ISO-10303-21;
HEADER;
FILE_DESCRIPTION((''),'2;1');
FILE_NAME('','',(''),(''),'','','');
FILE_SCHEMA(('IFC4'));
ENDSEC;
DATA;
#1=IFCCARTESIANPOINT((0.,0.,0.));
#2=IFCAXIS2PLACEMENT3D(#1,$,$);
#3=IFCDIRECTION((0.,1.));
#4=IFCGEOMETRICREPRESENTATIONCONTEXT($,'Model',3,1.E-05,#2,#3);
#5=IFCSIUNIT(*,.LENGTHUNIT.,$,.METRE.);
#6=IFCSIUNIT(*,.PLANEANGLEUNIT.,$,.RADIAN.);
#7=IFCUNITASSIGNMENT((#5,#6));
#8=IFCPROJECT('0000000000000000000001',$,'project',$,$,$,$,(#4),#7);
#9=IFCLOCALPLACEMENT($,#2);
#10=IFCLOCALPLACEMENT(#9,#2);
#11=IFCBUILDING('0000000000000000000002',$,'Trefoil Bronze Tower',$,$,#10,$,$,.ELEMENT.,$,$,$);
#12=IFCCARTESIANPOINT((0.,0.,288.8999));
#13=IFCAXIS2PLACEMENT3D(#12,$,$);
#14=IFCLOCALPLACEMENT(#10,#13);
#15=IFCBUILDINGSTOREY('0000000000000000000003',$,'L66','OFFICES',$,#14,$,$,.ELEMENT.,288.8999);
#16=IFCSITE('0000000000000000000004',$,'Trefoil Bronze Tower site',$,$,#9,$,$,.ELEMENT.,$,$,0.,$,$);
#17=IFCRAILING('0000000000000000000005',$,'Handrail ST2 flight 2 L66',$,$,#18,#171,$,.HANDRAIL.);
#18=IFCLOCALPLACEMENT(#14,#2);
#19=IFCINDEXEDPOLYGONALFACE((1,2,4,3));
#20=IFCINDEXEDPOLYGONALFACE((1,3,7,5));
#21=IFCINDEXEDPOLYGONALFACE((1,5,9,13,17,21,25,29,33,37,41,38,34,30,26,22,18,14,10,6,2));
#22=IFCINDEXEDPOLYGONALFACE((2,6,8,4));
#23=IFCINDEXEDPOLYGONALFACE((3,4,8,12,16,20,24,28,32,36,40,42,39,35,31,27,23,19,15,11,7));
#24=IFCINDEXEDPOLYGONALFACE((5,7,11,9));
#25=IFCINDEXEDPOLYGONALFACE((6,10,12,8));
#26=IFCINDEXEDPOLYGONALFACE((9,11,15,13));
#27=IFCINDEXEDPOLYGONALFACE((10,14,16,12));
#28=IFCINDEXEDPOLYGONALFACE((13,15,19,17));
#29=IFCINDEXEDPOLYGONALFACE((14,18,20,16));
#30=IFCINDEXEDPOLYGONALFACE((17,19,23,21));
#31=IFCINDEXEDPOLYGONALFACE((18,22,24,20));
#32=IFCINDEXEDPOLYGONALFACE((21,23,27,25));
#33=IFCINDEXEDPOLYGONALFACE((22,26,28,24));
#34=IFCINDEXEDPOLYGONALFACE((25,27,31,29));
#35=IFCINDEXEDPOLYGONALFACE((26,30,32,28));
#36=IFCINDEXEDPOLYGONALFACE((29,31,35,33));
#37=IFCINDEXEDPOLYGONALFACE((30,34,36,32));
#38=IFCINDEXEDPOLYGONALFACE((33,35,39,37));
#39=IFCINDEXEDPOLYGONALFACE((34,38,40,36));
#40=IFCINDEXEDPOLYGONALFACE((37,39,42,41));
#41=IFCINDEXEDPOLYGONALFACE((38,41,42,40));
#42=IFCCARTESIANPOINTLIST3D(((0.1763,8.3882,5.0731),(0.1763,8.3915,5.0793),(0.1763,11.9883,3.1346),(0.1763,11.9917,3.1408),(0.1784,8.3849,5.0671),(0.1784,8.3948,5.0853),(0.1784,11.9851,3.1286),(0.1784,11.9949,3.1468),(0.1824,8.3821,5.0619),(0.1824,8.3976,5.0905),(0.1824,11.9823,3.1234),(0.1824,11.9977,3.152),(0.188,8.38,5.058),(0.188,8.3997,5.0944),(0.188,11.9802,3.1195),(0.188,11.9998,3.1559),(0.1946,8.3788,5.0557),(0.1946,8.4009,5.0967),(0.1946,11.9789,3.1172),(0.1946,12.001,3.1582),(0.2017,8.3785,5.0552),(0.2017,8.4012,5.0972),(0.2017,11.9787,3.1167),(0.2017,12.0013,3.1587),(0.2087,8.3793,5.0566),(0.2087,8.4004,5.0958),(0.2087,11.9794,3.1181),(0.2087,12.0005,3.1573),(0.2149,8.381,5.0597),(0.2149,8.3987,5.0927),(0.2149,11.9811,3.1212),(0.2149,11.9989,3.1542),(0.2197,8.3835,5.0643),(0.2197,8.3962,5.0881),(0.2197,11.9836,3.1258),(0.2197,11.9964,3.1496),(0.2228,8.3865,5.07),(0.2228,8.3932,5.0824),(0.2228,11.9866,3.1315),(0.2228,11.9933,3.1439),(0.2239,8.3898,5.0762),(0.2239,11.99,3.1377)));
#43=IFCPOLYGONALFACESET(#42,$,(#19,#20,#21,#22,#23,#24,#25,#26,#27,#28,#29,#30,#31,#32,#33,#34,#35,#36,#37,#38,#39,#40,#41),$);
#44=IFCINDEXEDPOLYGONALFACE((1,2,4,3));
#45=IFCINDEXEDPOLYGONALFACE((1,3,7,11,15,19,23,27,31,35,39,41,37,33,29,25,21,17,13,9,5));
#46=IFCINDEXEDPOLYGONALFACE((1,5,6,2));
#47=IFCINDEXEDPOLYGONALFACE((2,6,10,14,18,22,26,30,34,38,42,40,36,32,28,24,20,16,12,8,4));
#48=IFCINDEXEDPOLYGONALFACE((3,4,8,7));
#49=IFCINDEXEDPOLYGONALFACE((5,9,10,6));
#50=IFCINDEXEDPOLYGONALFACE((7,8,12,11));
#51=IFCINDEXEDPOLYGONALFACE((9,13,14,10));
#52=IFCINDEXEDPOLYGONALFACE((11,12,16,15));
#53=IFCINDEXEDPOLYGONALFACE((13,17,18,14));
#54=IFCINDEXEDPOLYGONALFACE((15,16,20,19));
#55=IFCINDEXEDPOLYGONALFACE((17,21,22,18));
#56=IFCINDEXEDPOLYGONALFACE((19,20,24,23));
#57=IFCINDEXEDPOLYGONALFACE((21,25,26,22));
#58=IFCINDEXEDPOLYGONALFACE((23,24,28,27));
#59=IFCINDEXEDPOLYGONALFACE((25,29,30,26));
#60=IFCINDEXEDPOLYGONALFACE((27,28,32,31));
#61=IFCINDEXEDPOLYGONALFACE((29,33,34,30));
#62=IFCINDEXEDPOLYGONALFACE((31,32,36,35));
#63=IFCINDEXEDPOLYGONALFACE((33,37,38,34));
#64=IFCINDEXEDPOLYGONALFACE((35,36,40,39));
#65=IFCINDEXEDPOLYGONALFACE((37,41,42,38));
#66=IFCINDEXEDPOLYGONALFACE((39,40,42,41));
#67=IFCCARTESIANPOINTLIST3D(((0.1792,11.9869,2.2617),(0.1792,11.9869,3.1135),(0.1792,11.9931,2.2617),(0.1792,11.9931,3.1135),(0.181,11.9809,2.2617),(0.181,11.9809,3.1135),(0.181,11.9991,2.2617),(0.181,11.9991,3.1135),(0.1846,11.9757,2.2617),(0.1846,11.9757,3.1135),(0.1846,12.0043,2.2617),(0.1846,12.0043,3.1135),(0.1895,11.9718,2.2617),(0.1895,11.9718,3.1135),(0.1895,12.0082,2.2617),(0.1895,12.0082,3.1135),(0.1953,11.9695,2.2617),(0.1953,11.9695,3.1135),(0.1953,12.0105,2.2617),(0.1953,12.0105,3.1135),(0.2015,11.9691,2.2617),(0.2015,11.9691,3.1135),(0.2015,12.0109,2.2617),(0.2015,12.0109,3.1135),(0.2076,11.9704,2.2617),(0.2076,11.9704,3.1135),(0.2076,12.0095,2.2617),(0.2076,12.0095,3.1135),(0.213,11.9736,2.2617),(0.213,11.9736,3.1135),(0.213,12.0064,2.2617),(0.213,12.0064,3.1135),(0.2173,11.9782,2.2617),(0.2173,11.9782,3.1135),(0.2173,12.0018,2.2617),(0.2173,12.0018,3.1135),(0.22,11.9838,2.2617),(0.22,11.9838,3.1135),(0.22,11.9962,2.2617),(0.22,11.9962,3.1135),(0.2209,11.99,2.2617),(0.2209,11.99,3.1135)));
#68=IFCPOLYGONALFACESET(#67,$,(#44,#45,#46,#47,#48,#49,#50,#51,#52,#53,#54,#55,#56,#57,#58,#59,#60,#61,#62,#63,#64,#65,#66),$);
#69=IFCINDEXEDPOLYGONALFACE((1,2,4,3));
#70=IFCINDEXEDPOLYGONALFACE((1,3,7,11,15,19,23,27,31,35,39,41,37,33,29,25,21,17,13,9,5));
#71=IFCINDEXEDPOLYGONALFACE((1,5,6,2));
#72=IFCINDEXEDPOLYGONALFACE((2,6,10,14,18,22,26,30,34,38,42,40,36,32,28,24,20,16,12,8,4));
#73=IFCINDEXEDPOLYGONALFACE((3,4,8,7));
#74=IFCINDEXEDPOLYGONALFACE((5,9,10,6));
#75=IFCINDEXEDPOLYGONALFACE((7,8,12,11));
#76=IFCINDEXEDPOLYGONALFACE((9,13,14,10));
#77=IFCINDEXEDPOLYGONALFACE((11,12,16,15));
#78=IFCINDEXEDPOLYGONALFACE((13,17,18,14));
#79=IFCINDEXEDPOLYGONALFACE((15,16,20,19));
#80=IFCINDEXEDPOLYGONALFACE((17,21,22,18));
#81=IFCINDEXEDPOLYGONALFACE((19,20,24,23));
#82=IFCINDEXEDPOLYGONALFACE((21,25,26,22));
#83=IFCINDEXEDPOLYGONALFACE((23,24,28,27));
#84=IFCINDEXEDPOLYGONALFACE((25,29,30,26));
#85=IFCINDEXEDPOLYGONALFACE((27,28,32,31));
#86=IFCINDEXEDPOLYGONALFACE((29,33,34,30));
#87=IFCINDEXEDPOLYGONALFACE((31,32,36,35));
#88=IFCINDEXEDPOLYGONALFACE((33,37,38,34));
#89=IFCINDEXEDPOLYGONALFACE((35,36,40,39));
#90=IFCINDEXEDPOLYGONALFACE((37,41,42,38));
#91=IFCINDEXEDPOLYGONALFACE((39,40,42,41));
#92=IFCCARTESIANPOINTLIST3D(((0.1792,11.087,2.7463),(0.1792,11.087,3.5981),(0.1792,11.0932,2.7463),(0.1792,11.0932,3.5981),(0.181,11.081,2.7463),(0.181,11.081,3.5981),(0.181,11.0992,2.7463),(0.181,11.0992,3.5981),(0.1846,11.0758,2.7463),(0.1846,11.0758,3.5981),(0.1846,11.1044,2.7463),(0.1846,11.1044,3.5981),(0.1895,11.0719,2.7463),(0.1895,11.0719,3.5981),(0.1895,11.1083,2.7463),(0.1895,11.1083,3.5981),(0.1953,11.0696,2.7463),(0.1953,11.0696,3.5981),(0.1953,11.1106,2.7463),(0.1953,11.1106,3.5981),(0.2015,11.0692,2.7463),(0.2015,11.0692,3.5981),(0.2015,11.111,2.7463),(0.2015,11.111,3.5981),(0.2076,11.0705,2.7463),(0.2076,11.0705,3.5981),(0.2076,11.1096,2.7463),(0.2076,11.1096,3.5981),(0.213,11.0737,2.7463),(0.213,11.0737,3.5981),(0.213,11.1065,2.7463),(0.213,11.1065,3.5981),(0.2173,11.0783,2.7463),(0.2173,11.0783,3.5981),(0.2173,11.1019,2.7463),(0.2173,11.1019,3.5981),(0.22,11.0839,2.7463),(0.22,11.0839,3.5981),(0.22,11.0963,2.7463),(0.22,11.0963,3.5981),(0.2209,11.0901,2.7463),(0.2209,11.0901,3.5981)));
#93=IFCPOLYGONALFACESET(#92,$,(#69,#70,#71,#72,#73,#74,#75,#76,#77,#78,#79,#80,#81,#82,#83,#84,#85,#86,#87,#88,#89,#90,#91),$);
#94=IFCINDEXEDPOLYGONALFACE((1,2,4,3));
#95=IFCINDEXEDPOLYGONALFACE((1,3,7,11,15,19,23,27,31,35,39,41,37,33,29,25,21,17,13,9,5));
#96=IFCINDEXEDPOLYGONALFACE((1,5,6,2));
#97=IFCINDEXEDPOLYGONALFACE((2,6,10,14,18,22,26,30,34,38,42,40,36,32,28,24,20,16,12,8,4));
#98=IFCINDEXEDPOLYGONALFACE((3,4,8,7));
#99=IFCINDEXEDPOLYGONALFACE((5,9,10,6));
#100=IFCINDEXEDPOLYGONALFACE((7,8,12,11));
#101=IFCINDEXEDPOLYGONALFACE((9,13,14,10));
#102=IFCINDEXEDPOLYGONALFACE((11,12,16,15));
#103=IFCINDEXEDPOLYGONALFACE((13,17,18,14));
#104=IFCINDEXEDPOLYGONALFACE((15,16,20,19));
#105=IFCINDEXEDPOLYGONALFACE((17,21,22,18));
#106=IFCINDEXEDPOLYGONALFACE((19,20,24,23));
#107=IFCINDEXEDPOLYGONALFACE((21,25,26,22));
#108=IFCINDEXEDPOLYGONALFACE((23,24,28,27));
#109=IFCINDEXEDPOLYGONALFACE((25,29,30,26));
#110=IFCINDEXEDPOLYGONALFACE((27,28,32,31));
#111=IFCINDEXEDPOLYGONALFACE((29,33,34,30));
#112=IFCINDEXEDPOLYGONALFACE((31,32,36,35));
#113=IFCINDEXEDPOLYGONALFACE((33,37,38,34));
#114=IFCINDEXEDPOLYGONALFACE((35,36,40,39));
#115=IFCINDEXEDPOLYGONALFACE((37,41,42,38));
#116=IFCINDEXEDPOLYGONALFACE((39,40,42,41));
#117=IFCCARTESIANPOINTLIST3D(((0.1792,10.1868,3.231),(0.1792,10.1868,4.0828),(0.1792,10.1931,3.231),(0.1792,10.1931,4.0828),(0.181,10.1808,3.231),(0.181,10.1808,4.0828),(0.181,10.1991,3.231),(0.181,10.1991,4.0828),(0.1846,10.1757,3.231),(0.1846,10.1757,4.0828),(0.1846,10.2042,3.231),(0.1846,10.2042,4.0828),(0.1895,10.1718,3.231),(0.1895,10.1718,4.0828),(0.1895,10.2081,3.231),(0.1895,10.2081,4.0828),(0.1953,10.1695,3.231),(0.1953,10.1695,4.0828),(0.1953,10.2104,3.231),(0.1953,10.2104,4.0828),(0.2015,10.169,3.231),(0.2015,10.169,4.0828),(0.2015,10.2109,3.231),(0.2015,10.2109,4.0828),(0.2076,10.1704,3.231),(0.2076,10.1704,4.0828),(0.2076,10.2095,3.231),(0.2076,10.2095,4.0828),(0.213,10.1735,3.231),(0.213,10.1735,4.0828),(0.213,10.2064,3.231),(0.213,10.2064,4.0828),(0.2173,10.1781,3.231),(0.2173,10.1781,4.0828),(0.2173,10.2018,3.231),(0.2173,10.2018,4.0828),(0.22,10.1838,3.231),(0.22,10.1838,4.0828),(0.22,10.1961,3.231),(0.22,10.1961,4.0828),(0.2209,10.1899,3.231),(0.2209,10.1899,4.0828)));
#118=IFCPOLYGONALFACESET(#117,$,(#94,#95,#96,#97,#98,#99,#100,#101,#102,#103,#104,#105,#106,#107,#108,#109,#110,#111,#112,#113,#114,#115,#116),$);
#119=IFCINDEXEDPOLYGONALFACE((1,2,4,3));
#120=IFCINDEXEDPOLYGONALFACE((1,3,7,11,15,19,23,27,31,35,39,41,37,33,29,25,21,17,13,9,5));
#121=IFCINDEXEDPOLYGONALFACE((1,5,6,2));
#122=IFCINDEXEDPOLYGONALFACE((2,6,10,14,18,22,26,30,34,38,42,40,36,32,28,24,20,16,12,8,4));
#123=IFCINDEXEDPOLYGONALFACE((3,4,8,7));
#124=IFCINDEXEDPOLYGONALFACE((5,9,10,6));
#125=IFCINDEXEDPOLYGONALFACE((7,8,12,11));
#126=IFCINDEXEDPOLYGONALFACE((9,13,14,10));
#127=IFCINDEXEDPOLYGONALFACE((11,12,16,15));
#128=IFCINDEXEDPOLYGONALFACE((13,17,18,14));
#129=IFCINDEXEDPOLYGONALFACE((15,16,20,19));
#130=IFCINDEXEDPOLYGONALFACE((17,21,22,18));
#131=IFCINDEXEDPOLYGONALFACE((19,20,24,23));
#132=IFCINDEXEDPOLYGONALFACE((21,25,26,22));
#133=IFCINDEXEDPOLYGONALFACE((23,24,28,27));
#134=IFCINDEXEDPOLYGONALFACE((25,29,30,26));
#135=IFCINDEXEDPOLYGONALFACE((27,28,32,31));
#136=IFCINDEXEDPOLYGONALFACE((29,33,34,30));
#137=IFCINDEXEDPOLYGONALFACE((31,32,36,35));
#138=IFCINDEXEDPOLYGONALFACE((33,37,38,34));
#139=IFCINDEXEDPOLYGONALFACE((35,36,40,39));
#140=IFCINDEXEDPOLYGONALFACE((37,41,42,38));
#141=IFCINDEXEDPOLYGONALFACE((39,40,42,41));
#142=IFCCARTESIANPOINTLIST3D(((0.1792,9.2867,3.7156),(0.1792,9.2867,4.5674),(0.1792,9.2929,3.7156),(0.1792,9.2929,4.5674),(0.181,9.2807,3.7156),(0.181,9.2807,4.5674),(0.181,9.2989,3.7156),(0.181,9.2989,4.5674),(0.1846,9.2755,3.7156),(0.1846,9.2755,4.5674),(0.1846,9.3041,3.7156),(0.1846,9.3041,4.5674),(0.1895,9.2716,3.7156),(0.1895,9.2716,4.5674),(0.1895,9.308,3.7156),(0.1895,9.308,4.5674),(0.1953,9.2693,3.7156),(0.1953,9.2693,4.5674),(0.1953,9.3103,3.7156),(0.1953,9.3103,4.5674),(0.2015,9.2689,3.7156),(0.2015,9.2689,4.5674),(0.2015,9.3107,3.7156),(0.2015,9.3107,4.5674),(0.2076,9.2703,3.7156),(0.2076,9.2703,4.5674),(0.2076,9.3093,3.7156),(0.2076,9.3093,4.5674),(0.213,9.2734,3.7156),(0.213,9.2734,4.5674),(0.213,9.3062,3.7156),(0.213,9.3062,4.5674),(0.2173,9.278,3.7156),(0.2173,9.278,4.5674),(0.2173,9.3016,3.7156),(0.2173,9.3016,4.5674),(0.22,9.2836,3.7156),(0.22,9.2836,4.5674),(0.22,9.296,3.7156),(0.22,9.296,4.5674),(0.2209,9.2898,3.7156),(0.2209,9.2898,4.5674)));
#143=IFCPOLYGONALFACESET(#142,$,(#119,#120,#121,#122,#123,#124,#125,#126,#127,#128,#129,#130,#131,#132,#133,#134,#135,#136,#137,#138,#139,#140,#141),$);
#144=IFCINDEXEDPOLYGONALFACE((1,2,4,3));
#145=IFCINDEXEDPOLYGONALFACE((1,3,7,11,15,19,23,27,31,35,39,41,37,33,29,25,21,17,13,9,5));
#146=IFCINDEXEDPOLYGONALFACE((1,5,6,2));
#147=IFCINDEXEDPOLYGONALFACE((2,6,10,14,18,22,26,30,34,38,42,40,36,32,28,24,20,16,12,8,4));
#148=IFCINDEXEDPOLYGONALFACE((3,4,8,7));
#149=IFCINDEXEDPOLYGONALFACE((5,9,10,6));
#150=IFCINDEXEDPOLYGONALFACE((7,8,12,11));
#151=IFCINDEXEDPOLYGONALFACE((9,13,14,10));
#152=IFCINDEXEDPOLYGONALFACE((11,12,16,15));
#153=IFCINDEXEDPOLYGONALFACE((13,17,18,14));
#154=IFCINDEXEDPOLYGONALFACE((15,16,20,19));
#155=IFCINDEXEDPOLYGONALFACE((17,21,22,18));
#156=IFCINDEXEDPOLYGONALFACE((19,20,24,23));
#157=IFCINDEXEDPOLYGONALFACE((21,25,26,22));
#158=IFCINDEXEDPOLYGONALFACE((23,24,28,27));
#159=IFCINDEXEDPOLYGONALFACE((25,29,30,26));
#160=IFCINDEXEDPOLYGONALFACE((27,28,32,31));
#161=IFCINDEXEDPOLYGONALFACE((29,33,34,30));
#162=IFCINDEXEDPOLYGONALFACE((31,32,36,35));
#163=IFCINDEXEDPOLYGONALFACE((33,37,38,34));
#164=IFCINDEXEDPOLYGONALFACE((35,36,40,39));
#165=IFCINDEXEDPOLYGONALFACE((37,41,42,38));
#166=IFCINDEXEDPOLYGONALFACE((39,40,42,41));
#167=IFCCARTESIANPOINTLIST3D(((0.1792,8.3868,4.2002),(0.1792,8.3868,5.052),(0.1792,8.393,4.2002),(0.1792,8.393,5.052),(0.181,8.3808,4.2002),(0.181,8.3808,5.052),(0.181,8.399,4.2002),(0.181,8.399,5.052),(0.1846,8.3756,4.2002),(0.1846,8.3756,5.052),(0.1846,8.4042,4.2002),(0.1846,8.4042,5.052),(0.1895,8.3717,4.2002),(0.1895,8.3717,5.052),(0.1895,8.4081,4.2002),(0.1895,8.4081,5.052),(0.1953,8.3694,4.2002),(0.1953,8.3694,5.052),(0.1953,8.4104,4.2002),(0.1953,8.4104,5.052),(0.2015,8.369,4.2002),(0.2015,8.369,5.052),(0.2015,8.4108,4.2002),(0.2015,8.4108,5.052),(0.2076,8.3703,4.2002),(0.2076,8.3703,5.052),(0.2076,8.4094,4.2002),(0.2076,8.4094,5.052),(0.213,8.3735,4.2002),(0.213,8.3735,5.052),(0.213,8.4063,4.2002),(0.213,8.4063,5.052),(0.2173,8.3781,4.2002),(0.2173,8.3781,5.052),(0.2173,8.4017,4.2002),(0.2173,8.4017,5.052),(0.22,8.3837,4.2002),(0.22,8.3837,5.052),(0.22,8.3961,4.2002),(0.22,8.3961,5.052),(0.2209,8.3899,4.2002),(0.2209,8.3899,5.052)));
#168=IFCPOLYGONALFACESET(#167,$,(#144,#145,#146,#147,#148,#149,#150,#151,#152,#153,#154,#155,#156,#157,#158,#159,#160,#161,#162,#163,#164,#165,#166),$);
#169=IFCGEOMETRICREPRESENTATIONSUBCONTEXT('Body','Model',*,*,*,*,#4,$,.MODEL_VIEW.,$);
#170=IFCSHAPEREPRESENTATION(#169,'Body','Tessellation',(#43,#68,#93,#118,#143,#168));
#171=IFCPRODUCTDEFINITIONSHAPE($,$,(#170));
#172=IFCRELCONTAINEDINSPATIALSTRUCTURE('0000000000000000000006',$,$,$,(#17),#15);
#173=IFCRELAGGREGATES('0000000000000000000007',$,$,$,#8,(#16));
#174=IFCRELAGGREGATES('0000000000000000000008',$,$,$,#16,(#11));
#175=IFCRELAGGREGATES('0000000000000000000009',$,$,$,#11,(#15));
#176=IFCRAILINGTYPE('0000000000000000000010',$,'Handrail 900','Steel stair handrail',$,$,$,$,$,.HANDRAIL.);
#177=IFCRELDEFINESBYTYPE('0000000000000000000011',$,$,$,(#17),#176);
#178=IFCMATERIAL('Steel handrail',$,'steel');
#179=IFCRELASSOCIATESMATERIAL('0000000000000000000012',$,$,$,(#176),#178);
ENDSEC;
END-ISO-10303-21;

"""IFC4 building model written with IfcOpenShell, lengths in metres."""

from ifc_helpers import new_model, si_unit, direction, frame, origin, origin_2d, place, context, subcontext, project, spatial, circle, extrude, material, type_object, element, save


model = new_model("IFC4")

# Units and contexts
model_context = context("Model", 3, precision=1e-05, world=origin(), true_north=direction((0.0, 1.0)))
body_context = subcontext(model_context, "Body", "Model", "MODEL_VIEW")
ifc_project = project(units=[si_unit("LENGTHUNIT", "METRE"), si_unit("PLANEANGLEUNIT", "RADIAN")], contexts=[model_context])

# Site, building, storey
site_placement = place(None, origin())
site = spatial("IfcSite", under=ifc_project, at=site_placement, Name="Trefoil Bronze Tower site", CompositionType="ELEMENT", RefElevation=0.0)
building_placement = place(site_placement, origin())
building = spatial("IfcBuilding", under=site, at=building_placement, Name="Trefoil Bronze Tower", CompositionType="ELEMENT")
storey_placement = place(building_placement, frame((0.0, 0.0, 288.8999)))
storey = spatial("IfcBuildingStorey", under=building, at=storey_placement, Name="L66", Description="OFFICES", CompositionType="ELEMENT", Elevation=288.8999)

# Railing
ifc_material_1 = material(Name="Steel handrail", Category="steel")
railing_type = type_object("IfcRailingType", Name="Handrail 900", Description="Steel stair handrail", PredefinedType="HANDRAIL", material=ifc_material_1)
railing_placement = place(storey_placement, frame((0.2, 11.99, 2.2617)))
element("IfcRailing", 1, at=railing_placement, inside=storey, type_object=railing_type, Name="Handrail ST2 flight 2 L66", PredefinedType="HANDRAIL", context=body_context, shape_type="SweptSolid", body=[
    extrude(circle(Radius=0.0239, at=origin_2d()), frame((0.0, 0.0, 0.876), z_axis=(0.0, -0.880475, 0.474093), x_axis=(1.0, 0.0, 0.0)), (0.0, 0.0, 1.0), 4.0889),
    extrude(circle(Radius=0.021, at=origin_2d()), origin(), (0.0, 0.0, 1.0), 0.8518),
    extrude(circle(Radius=0.021, at=origin_2d()), frame((0.0, -0.8999, 0.4846)), (0.0, 0.0, 1.0), 0.8518),
    extrude(circle(Radius=0.021, at=origin_2d()), frame((0.0, -1.8, 0.9692)), (0.0, 0.0, 1.0), 0.8518),
    extrude(circle(Radius=0.021, at=origin_2d()), frame((0.0, -2.7002, 1.4539)), (0.0, 0.0, 1.0), 0.8518),
    extrude(circle(Radius=0.021, at=origin_2d()), frame((0.0, -3.6001, 1.9385)), (0.0, 0.0, 1.0), 0.8518),
])

save(model, "model.ifc")
